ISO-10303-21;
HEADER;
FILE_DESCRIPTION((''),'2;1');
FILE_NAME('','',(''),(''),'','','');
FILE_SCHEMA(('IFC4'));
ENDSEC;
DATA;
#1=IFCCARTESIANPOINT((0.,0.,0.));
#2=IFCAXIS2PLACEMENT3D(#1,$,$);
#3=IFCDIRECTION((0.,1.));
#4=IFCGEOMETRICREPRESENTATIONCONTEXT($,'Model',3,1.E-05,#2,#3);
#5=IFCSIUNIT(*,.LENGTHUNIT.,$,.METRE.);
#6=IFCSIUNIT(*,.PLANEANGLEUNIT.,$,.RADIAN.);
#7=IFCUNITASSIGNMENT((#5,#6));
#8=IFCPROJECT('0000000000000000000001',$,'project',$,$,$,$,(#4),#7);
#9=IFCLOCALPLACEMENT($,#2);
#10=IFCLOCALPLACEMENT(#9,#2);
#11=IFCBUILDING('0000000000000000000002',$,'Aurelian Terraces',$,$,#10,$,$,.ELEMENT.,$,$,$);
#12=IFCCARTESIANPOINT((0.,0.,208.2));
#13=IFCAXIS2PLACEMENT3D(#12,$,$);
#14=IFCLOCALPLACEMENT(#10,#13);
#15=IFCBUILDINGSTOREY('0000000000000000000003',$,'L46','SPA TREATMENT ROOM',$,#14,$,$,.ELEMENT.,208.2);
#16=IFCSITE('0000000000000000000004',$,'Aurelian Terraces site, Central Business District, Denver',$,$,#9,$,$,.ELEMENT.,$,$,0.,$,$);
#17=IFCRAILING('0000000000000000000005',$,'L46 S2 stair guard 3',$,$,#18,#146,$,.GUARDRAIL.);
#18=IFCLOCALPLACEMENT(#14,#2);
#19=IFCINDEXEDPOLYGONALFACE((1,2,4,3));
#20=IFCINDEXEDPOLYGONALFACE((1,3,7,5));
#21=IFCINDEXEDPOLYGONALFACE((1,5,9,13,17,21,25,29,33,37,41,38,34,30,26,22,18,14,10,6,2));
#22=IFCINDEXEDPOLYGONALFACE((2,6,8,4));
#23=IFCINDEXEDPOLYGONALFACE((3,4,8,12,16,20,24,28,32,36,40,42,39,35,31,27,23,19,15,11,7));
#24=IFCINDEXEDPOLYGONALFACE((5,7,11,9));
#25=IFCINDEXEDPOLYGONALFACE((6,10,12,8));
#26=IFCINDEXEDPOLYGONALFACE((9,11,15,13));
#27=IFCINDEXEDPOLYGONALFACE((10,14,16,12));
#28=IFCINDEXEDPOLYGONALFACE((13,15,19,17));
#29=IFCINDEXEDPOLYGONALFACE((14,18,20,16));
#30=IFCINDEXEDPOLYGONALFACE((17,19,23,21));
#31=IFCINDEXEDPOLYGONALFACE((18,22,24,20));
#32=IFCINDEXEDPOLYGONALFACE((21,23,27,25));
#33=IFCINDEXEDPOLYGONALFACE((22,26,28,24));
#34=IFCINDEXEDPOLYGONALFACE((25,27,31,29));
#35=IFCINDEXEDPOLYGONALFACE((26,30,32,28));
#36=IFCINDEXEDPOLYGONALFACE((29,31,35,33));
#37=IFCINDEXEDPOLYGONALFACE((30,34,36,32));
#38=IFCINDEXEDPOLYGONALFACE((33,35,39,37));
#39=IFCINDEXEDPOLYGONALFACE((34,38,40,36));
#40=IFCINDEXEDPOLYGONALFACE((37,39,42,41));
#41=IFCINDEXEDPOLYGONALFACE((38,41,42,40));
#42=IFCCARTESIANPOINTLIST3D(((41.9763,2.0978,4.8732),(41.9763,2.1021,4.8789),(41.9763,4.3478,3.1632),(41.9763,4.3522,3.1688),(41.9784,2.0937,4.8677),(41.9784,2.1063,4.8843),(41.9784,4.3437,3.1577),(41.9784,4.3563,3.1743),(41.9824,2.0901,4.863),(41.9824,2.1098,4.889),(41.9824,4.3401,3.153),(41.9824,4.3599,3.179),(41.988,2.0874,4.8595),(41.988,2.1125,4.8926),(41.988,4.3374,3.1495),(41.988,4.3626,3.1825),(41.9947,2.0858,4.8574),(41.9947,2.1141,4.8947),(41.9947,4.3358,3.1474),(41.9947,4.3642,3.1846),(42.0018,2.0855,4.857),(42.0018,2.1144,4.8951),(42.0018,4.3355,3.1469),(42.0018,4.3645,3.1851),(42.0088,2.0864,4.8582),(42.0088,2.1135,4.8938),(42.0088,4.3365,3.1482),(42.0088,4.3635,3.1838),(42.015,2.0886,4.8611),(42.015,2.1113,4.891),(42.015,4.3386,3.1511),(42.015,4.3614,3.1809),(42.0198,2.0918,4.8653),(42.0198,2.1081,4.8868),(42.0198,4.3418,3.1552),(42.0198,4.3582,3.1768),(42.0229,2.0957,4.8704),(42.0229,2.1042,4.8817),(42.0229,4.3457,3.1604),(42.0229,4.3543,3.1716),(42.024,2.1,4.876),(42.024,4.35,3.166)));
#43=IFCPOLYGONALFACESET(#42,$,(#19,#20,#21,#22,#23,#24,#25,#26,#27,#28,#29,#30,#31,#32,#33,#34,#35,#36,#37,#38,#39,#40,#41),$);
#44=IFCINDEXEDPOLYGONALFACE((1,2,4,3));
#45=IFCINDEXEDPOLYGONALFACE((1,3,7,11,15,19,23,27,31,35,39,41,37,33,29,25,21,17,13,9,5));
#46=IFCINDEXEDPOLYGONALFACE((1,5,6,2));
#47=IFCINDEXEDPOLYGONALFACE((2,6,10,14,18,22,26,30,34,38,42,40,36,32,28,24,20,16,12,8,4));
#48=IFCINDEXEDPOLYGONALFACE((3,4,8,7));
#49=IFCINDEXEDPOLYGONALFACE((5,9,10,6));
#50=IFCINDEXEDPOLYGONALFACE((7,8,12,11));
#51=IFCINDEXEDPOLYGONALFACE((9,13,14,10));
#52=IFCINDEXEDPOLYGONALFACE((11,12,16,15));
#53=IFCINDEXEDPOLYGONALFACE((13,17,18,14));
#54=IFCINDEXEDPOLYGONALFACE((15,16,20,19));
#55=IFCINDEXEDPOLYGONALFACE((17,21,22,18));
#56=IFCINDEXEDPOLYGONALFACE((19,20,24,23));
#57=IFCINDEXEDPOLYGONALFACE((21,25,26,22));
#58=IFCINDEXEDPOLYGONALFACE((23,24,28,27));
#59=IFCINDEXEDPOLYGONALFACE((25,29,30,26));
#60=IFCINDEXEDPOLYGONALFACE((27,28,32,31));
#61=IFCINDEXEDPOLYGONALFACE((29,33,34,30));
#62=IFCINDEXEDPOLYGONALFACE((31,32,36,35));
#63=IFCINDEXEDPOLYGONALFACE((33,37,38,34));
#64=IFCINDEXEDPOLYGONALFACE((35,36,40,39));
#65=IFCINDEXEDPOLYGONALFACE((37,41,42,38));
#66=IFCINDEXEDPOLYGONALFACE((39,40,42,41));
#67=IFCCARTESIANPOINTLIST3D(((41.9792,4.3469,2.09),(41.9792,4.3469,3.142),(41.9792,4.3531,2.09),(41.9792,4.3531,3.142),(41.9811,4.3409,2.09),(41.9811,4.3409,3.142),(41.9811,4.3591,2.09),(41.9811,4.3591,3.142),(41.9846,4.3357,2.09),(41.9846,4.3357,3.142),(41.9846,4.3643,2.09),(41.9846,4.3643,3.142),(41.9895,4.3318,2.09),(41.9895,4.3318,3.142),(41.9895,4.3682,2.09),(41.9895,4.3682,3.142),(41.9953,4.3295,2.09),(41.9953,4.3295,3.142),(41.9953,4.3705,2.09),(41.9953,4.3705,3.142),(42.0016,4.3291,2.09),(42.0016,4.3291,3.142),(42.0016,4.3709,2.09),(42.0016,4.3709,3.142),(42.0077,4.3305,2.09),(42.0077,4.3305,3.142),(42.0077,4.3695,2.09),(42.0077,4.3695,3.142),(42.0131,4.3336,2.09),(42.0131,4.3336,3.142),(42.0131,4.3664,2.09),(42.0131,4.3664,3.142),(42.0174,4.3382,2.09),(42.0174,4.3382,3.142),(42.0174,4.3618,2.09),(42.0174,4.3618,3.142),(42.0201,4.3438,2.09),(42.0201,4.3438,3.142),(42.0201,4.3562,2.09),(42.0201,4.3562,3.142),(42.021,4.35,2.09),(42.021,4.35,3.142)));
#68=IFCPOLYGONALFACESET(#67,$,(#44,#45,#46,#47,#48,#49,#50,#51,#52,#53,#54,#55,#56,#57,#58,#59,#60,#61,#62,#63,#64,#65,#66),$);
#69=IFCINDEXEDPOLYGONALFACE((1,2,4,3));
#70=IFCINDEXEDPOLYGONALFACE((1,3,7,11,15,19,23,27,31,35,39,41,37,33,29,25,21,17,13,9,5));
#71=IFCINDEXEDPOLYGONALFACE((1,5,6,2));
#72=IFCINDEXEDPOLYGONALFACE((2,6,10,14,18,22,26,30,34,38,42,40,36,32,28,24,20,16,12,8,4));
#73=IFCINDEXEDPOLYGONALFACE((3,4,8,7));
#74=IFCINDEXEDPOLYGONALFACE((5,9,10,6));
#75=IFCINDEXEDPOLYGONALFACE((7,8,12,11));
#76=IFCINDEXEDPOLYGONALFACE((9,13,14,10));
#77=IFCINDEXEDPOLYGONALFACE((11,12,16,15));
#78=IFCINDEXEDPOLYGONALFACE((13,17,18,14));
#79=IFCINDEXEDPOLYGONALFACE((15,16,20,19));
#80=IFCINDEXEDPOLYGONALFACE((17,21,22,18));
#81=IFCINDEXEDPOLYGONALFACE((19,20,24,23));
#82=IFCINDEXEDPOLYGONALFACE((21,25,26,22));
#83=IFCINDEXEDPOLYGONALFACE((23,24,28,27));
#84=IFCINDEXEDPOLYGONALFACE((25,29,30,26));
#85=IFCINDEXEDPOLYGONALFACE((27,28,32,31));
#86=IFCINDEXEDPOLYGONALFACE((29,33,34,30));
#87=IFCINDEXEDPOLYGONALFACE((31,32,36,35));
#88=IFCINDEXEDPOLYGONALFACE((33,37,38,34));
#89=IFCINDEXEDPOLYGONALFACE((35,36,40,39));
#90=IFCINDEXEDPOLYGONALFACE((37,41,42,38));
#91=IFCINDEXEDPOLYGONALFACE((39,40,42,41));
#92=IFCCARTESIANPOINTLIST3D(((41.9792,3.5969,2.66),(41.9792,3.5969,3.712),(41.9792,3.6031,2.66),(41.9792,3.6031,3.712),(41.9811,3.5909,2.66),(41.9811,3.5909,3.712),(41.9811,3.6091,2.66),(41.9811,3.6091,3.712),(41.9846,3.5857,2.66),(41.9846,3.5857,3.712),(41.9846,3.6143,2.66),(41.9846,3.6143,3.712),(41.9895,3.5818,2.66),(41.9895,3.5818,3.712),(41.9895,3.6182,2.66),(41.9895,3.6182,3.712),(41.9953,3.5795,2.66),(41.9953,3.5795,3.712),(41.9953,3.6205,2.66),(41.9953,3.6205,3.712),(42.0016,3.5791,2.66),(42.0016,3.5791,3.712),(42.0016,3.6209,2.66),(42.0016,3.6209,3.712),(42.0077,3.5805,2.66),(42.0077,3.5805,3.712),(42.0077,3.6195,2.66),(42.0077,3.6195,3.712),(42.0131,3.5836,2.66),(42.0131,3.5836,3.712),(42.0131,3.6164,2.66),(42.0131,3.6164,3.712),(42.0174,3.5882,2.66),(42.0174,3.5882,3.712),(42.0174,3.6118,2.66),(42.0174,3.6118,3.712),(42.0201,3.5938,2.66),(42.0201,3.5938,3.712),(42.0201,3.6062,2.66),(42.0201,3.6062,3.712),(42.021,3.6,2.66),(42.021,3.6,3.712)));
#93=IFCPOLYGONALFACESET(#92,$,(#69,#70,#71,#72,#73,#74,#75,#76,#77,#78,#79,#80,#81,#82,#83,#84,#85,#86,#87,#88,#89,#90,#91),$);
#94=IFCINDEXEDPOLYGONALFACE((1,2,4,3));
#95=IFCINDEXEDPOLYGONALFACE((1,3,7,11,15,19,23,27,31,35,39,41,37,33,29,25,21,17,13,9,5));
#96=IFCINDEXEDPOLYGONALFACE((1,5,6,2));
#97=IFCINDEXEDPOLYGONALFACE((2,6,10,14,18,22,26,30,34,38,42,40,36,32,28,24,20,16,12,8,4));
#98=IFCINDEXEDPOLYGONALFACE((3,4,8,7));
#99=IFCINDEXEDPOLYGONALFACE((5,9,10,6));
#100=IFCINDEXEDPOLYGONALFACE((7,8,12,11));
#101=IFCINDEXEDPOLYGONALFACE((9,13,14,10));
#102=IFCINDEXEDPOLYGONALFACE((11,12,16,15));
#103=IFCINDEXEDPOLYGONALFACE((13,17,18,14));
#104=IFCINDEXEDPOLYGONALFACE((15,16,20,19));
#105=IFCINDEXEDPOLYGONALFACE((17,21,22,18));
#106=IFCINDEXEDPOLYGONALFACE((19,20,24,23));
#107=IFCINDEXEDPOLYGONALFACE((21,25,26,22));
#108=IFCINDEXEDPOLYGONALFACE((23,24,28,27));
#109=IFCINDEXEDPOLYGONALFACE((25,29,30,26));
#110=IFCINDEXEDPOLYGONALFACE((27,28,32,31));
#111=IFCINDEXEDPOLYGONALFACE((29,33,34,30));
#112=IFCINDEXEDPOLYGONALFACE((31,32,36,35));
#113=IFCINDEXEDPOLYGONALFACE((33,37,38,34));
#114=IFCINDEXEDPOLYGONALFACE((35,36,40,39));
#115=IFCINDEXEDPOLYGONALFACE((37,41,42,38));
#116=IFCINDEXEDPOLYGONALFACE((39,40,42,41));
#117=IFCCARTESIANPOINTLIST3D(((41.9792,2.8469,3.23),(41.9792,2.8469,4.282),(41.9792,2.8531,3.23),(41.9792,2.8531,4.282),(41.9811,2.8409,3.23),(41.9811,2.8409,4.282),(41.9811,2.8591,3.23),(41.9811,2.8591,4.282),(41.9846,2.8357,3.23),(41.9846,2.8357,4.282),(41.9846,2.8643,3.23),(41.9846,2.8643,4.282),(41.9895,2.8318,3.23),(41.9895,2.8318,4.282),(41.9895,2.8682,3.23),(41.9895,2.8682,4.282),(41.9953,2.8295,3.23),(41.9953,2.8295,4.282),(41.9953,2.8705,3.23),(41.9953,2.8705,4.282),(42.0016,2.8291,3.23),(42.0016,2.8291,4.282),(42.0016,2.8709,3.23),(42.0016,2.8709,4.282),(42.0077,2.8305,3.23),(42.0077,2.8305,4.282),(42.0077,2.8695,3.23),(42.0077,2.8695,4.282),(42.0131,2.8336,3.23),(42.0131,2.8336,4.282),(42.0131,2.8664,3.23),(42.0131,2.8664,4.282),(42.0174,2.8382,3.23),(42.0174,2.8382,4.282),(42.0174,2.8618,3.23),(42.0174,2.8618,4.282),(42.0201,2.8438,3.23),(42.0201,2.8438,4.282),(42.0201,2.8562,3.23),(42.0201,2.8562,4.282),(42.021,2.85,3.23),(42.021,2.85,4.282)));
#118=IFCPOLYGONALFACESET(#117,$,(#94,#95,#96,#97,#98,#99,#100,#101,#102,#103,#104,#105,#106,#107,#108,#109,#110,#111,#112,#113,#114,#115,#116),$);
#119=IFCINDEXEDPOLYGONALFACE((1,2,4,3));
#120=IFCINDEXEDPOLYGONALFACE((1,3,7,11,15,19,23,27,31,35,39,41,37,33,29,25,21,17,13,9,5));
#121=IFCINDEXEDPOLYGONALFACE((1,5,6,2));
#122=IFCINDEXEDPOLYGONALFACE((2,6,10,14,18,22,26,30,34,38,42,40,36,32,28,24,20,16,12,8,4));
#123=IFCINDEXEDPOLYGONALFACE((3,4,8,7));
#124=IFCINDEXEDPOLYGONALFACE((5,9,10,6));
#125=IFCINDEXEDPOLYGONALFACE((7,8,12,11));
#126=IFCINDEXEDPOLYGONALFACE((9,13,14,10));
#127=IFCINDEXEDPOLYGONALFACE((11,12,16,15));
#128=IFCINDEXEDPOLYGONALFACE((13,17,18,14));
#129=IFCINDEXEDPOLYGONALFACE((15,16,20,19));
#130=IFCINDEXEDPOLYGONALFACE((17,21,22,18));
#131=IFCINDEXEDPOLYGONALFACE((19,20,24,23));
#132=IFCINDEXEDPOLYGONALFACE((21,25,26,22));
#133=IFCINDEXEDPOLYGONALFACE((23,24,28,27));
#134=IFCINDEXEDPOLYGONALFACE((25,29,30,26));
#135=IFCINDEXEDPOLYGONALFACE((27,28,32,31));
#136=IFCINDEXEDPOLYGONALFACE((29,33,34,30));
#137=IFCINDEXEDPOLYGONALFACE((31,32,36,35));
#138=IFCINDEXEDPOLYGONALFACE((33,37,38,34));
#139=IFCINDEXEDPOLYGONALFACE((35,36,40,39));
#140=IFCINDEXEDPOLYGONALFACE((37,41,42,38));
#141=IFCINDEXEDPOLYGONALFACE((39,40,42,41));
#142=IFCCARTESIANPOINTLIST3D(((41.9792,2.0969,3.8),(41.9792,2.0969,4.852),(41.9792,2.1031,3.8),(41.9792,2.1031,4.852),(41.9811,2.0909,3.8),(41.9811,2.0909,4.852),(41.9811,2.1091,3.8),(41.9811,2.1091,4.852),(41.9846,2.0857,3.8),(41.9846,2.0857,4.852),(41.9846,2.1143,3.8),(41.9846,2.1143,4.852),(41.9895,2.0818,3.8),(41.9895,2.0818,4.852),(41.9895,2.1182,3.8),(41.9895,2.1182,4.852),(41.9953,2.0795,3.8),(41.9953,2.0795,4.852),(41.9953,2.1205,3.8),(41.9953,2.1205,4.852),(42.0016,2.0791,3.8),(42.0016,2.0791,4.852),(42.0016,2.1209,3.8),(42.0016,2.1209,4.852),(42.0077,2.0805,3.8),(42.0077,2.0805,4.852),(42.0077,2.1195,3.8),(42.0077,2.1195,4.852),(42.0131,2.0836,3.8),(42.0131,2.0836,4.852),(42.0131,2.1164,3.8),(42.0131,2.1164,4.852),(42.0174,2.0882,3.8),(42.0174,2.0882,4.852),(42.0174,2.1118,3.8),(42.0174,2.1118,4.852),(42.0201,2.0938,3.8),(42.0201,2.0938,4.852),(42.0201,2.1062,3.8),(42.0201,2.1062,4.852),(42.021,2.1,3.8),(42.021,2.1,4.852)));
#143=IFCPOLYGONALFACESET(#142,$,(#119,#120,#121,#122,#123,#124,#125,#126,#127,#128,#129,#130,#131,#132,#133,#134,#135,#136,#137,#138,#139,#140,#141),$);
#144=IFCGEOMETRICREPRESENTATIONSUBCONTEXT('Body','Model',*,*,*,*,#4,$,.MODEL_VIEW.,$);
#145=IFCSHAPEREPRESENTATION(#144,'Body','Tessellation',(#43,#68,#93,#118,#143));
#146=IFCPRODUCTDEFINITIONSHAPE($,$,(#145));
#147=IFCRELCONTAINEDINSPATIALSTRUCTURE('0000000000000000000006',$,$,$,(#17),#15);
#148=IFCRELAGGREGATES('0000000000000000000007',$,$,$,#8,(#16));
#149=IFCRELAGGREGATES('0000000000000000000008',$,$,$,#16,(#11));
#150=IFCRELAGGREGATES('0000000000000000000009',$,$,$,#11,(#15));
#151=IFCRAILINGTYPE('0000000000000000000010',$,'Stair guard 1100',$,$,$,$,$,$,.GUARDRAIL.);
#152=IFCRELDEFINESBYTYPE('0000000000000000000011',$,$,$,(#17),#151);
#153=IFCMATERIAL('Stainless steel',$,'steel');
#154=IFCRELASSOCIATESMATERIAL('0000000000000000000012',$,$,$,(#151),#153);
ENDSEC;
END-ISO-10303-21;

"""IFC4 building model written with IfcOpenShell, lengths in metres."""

from ifc_helpers import new_model, si_unit, direction, frame, origin, origin_2d, place, context, subcontext, project, spatial, circle, extrude, source, transform, mapped, material, type_object, element, save


model = new_model("IFC4")

# Units and contexts
model_context = context("Model", 3, precision=1e-05, world=origin(), true_north=direction((0.0, 1.0)))
body_context = subcontext(model_context, "Body", "Model", "MODEL_VIEW")
ifc_project = project(units=[si_unit("LENGTHUNIT", "METRE"), si_unit("PLANEANGLEUNIT", "RADIAN")], contexts=[model_context])

# Site, building, storey
site_placement = place(None, origin())
site = spatial("IfcSite", under=ifc_project, at=site_placement, Name="Aurelian Terraces site, Central Business District, Denver", CompositionType="ELEMENT", RefElevation=0.0)
building_placement = place(site_placement, origin())
building = spatial("IfcBuilding", under=site, at=building_placement, Name="Aurelian Terraces", CompositionType="ELEMENT")
storey_placement = place(building_placement, frame((0.0, 0.0, 208.2)))
storey = spatial("IfcBuildingStorey", under=building, at=storey_placement, Name="L46", Description="SPA TREATMENT ROOM", CompositionType="ELEMENT", Elevation=208.2)

# Railing
ifc_material_1 = material(Name="Stainless steel", Category="steel")
railing_type_1 = type_object("IfcRailingType", Name="Stair guard 1100", PredefinedType="GUARDRAIL", material=ifc_material_1)
shared_shape_1 = source(origin(), body_context, "Body", "SweptSolid", [
    extrude(circle(Radius=0.024, at=origin_2d()), frame((0.0, 0.0, 1.076), z_axis=(0.0, -0.796162, 0.605083), x_axis=(1.0, 0.0, 0.0)), (0.0, 0.0, 1.0), 2.8261),
    extrude(circle(Radius=0.021, at=origin_2d()), origin(), (0.0, 0.0, 1.0), 1.052),
    extrude(circle(Radius=0.021, at=origin_2d()), frame((0.0, -0.75, 0.57)), (0.0, 0.0, 1.0), 1.052),
    extrude(circle(Radius=0.021, at=origin_2d()), frame((0.0, -1.5, 1.14)), (0.0, 0.0, 1.0), 1.052),
    extrude(circle(Radius=0.021, at=origin_2d()), frame((0.0, -2.25, 1.71)), (0.0, 0.0, 1.0), 1.052),
])
railing_1_placement = place(storey_placement, frame((42.0, 4.35, 2.09)))
element("IfcRailing", 1, at=railing_1_placement, inside=storey, type_object=railing_type_1, Name="L46 S2 stair guard 3", PredefinedType="GUARDRAIL", context=body_context, shape_type="MappedRepresentation", body=[
    mapped(shared_shape_1, transform((0.0, 0.0, 0.0), scale=1.0)),
])

save(model, "model.ifc")
